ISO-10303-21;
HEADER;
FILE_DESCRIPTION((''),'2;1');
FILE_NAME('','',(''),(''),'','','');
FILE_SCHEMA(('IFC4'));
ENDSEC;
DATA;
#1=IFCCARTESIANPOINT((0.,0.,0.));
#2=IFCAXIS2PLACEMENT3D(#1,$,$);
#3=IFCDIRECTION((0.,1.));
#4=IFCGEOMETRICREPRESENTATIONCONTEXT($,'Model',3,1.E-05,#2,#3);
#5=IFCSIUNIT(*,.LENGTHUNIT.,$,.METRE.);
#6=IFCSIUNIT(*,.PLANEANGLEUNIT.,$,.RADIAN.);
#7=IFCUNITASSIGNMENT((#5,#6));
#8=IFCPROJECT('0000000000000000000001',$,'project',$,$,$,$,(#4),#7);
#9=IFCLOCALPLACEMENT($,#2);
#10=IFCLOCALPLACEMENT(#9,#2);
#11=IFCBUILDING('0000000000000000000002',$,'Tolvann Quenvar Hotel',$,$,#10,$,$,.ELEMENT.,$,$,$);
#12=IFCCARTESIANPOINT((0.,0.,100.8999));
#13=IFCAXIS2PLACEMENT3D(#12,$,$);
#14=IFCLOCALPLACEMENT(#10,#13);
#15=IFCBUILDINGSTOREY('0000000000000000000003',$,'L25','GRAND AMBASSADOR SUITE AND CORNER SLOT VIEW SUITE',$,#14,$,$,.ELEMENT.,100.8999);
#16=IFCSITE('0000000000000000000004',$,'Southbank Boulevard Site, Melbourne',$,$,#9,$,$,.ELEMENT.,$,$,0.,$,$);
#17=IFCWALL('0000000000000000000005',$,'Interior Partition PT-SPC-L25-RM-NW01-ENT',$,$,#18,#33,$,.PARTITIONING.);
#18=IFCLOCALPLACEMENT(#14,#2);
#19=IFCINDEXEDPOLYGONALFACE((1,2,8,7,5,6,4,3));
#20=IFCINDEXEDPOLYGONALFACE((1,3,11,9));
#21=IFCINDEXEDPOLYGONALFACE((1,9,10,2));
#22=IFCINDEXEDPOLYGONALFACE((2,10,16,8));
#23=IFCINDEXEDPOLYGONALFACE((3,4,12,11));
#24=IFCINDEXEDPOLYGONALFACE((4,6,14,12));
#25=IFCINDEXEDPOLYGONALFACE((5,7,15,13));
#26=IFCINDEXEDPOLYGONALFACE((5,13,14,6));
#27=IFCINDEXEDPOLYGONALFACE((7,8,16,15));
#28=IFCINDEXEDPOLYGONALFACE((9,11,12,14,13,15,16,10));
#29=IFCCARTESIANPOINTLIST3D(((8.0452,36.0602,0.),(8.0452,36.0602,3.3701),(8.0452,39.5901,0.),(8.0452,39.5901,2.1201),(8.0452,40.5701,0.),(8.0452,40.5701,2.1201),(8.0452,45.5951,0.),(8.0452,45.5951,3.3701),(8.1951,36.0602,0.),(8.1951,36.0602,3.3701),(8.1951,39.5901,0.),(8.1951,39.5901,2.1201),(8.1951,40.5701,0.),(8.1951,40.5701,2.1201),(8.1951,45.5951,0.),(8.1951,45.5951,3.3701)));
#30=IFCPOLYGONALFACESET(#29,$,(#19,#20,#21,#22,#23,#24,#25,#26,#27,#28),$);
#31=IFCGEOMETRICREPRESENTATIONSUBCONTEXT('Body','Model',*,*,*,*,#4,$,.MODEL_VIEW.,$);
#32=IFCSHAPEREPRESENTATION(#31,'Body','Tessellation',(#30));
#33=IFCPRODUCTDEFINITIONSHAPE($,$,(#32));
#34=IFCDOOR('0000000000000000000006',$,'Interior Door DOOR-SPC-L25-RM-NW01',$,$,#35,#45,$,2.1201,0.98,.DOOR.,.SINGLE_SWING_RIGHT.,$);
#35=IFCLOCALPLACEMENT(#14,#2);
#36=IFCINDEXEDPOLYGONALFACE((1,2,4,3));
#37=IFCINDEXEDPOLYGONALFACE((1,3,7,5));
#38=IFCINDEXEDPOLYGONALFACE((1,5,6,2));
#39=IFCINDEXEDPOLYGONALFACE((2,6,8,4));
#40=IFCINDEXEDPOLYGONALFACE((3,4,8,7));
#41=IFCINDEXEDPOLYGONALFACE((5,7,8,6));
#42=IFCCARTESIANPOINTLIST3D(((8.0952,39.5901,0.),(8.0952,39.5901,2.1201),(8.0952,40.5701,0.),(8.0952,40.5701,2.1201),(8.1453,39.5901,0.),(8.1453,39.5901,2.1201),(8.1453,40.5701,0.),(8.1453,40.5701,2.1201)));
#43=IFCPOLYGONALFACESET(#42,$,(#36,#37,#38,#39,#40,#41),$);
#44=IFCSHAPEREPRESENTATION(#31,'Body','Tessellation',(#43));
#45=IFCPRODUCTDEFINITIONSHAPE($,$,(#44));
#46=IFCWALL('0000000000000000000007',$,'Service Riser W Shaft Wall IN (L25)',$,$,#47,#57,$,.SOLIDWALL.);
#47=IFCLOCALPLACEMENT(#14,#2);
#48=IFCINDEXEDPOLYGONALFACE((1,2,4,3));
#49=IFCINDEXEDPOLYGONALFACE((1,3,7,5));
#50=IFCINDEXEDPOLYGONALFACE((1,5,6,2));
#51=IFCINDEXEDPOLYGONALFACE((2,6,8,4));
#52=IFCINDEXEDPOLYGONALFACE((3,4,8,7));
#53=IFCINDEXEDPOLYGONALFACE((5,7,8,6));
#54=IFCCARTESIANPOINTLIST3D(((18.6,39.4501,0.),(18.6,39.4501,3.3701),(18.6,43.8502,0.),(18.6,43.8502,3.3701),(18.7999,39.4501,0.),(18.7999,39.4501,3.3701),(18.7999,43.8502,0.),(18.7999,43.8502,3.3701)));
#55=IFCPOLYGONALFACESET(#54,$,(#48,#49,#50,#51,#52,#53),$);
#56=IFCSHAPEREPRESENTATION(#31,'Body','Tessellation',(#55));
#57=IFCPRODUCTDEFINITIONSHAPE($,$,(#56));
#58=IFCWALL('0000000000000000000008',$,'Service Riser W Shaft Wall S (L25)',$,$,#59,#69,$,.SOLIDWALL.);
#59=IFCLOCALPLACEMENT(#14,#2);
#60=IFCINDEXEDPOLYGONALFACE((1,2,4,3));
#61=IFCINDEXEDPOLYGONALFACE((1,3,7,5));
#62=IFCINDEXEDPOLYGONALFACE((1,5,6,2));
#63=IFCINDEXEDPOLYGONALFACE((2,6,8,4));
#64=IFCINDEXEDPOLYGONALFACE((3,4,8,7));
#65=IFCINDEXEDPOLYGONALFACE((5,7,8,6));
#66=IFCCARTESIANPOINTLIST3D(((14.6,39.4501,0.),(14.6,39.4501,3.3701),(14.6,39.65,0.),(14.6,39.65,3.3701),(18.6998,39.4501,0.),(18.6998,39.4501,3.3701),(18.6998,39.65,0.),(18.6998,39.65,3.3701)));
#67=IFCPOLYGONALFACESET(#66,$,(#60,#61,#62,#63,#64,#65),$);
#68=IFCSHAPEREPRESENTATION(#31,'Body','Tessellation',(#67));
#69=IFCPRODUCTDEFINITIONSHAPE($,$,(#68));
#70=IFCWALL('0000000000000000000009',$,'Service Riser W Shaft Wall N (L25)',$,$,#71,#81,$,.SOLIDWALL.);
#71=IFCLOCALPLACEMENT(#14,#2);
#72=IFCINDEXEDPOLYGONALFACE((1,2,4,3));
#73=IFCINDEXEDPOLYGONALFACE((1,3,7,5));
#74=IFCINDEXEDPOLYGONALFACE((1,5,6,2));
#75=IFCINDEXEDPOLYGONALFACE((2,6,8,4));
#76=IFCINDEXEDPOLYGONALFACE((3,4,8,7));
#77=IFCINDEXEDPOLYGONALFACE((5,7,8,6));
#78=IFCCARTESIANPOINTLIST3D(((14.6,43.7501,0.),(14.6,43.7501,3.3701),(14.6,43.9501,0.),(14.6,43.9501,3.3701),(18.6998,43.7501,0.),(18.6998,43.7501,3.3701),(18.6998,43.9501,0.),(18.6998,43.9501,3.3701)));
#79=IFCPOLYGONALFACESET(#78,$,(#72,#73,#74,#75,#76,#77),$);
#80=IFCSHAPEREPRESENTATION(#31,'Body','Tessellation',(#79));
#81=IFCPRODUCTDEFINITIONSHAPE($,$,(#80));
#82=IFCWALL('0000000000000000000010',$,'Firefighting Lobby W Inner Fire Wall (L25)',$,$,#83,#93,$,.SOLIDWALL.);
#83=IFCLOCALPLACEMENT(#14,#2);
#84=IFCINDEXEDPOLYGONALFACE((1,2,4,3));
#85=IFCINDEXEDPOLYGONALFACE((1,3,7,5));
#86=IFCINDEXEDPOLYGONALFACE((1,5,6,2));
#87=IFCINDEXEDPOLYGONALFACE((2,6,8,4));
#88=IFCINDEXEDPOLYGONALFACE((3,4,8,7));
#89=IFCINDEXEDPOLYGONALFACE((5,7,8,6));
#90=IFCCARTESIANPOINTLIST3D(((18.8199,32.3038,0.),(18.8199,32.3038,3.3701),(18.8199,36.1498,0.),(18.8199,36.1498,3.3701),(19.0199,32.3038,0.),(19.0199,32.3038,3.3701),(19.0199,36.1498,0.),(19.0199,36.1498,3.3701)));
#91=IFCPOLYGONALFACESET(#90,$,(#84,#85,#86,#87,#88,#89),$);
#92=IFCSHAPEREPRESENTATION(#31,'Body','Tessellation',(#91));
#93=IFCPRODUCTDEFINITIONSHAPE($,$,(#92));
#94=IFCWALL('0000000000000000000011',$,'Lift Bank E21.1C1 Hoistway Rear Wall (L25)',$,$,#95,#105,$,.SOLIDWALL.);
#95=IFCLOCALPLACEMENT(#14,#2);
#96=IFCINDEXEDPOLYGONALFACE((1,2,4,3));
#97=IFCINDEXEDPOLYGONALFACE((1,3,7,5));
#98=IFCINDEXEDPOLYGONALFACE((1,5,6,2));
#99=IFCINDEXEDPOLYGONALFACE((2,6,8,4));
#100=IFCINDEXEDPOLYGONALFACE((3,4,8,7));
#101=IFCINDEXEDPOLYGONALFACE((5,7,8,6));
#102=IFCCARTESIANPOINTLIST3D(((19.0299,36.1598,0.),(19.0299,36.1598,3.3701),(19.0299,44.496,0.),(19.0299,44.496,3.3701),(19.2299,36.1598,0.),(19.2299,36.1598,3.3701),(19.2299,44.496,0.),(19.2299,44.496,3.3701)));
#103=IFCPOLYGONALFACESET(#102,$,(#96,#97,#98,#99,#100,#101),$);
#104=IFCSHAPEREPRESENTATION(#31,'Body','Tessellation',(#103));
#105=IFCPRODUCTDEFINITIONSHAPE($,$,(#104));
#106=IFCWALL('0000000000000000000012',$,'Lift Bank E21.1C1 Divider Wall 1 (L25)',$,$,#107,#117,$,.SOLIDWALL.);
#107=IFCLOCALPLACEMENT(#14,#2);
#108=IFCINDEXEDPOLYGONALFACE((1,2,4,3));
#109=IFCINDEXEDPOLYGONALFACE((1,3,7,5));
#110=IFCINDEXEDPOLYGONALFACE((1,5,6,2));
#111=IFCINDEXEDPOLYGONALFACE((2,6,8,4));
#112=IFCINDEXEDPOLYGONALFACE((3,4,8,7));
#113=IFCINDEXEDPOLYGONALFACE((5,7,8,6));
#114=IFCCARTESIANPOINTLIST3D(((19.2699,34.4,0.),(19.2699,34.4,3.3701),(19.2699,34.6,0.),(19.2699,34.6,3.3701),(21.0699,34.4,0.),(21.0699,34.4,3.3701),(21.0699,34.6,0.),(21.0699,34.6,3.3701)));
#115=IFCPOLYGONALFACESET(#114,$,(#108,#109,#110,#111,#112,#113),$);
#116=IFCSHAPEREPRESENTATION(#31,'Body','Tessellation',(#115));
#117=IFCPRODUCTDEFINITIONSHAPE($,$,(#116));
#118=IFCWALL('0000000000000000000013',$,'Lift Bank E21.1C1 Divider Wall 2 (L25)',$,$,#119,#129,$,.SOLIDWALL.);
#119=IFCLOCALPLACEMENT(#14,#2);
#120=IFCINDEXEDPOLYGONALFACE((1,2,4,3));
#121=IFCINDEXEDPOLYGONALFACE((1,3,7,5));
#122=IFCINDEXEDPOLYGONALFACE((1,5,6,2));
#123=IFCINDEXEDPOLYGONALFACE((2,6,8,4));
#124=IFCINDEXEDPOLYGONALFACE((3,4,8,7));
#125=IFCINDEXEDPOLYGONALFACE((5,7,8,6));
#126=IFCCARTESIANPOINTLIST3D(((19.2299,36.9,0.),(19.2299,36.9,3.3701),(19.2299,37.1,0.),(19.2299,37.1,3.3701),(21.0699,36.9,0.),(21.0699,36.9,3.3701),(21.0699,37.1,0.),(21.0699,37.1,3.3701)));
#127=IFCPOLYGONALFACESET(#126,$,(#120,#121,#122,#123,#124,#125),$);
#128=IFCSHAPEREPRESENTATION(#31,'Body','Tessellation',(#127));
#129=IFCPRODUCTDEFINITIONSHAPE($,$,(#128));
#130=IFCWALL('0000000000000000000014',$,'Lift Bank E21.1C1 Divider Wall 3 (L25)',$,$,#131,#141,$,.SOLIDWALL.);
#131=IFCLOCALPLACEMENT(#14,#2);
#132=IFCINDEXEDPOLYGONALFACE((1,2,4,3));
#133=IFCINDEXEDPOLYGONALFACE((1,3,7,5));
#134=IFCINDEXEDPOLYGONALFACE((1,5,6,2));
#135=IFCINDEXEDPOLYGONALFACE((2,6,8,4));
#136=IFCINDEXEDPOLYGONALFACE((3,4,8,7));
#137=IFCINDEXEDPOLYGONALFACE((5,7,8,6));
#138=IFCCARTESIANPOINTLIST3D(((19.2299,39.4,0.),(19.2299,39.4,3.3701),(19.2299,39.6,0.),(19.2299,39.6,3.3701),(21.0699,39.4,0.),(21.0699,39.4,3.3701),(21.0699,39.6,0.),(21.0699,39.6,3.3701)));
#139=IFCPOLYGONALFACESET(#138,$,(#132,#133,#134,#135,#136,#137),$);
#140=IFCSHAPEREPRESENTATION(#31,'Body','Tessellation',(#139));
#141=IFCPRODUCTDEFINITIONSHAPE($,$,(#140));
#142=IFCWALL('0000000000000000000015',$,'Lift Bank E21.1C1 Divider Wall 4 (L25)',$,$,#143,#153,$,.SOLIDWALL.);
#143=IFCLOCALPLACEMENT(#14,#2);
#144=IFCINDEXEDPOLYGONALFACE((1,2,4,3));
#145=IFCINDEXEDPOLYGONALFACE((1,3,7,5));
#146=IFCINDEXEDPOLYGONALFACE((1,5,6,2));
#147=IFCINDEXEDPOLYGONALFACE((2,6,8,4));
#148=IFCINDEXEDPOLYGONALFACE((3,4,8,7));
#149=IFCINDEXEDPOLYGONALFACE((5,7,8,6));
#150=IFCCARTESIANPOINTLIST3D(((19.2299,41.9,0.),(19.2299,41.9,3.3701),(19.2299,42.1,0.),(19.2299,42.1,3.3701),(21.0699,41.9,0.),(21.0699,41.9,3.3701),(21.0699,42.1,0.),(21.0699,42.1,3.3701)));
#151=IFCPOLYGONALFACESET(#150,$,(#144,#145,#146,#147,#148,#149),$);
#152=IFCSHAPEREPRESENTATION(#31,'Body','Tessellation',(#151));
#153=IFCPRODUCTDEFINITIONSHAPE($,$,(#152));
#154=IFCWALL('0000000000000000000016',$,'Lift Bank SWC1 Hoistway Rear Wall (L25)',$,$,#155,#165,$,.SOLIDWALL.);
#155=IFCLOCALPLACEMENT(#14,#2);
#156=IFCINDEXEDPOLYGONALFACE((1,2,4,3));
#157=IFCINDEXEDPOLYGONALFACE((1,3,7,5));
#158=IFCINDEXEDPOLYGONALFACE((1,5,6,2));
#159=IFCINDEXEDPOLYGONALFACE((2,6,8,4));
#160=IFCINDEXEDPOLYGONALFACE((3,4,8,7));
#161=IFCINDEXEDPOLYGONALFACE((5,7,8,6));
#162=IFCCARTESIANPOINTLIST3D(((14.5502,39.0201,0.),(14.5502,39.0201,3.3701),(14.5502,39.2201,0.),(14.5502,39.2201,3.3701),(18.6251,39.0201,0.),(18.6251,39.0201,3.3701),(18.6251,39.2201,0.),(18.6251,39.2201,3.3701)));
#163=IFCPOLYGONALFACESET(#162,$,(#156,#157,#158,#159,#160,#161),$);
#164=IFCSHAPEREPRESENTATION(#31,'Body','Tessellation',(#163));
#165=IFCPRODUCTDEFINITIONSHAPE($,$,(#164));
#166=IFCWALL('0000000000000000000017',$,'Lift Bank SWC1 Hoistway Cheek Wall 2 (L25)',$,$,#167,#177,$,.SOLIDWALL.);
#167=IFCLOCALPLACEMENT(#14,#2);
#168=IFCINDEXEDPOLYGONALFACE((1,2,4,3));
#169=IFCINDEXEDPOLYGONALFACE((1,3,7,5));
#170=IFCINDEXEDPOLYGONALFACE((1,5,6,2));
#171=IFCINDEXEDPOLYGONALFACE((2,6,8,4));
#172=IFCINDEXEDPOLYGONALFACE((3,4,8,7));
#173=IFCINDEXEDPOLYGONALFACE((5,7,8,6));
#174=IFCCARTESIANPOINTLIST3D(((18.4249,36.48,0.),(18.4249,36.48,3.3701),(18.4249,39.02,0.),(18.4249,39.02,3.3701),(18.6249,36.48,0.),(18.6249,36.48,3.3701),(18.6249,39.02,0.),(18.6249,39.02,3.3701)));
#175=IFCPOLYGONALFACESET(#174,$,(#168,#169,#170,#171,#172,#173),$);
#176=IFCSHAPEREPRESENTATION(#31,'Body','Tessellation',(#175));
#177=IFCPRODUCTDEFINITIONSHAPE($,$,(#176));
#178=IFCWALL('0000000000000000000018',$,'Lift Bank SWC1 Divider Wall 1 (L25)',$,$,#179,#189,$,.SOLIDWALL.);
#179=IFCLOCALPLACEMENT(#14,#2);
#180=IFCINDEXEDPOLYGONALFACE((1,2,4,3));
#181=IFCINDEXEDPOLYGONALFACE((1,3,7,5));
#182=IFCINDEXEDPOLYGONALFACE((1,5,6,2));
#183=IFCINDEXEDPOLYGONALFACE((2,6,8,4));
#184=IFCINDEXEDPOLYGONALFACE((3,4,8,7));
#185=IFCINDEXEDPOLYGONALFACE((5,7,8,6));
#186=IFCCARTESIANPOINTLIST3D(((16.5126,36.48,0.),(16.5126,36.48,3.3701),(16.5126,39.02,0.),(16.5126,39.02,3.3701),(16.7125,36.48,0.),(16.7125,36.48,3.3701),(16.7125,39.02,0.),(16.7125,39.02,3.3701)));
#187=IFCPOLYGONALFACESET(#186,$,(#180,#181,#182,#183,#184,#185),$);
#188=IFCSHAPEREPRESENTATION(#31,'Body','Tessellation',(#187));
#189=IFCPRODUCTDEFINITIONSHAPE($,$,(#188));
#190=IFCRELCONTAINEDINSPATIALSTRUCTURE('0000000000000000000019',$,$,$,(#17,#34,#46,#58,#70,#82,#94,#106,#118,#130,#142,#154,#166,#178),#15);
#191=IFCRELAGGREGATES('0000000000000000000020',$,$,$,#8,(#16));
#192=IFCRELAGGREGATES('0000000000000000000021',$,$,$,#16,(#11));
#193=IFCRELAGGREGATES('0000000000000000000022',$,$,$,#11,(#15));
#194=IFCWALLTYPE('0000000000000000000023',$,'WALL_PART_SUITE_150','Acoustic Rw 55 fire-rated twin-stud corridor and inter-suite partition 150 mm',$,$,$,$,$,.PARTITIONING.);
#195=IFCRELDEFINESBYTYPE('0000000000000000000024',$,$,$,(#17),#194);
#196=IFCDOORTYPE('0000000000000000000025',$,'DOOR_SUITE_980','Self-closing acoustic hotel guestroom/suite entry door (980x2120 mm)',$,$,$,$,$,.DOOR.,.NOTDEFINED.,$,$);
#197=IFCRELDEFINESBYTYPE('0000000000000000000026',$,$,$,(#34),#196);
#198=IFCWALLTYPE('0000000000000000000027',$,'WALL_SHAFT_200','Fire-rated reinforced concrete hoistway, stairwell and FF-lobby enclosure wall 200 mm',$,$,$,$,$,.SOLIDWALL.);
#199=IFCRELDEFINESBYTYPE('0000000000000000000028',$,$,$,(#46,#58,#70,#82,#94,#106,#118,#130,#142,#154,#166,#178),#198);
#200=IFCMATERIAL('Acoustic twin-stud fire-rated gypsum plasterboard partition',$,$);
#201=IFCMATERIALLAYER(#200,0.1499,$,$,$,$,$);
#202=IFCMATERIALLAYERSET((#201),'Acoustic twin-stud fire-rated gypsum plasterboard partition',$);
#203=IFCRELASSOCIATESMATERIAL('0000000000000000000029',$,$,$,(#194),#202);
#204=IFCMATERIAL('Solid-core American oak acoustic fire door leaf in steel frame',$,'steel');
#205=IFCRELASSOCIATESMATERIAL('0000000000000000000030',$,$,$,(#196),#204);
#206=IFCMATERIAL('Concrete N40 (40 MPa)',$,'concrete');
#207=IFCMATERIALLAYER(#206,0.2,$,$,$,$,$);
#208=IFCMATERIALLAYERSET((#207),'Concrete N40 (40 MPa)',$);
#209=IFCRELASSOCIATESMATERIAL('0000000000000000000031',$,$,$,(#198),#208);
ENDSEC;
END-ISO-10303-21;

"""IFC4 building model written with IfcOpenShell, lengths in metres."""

from ifc_helpers import new_model, si_unit, direction, frame, frame_2d, origin, place, context, subcontext, project, spatial, rectangle, extrude, source, transform, mapped, material, layer, layer_set, type_object, type_shapes, element, fill, save


model = new_model("IFC4")

# Units and contexts
model_context = context("Model", 3, precision=1e-05, world=origin(), true_north=direction((0.0, 1.0)))
body_context = subcontext(model_context, "Body", "Model", "MODEL_VIEW")
ifc_project = project(units=[si_unit("LENGTHUNIT", "METRE"), si_unit("PLANEANGLEUNIT", "RADIAN")], contexts=[model_context])

# Site, building, storey
site_placement = place(None, origin())
site = spatial("IfcSite", under=ifc_project, at=site_placement, Name="Southbank Boulevard Site, Melbourne", CompositionType="ELEMENT", RefElevation=0.0)
building_placement = place(site_placement, origin())
building = spatial("IfcBuilding", under=site, at=building_placement, Name="Tolvann Quenvar Hotel", CompositionType="ELEMENT")
storey_placement = place(building_placement, frame((0.0, 0.0, 100.8999)))
storey = spatial("IfcBuildingStorey", under=building, at=storey_placement, Name="L25", Description="GRAND AMBASSADOR SUITE AND CORNER SLOT VIEW SUITE", CompositionType="ELEMENT", Elevation=100.8999)

# Shared definitions
ifc_material_1 = material(Name="Acoustic twin-stud fire-rated gypsum plasterboard partition")
ifc_layer_1 = layer(ifc_material_1, 0.1499)
ifc_layer_set_1 = layer_set([ifc_layer_1], Name="Acoustic twin-stud fire-rated gypsum plasterboard partition")
wall_type_1 = type_object("IfcWallType", Name="WALL_PART_SUITE_150", Description="Acoustic Rw 55 fire-rated twin-stud corridor and inter-suite partition 150 mm", PredefinedType="PARTITIONING", material=ifc_layer_set_1)

# Wall, opening, door
wall_1_placement = place(storey_placement, frame((8.1201, 36.0601, 0.0), z_axis=(0.0, 0.0, 1.0), x_axis=(0.0, 1.0, 0.0)))
wall_1 = element("IfcWall", 1, at=wall_1_placement, inside=storey, type_object=wall_type_1, Name="Interior Partition PT-SPC-L25-RM-NW01-ENT", PredefinedType="PARTITIONING", context=body_context, shape_type="SweptSolid", body=[
    extrude(rectangle(XDim=9.5349, YDim=0.1499, at=frame_2d((4.7676, 0.0))), origin(), (0.0, 0.0, 1.0), 3.3701),
])
opening_1_placement = place(wall_1_placement, frame((3.53, 0.0, 0.0)))
opening_1 = element("IfcOpeningElement", 2, at=opening_1_placement, cuts=wall_1, PredefinedType="OPENING", context=body_context, shape_type="SweptSolid", body=[
    extrude(rectangle(XDim=0.98, YDim=2.1201, at=frame_2d((0.49, 1.0601))), frame((0.0, 0.085, 0.0), z_axis=(0.0, -1.0, 0.0), x_axis=(1.0, 0.0, 0.0)), (0.0, 0.0, 1.0), 0.1699),
])
ifc_material_2 = material(Name="Solid-core American oak acoustic fire door leaf in steel frame", Category="steel")
door_type_1 = type_object("IfcDoorType", Name="DOOR_SUITE_980", Description="Self-closing acoustic hotel guestroom/suite entry door (980x2120 mm)", OperationType="NOTDEFINED", PredefinedType="DOOR", material=ifc_material_2)
shared_shape_1 = source(origin(), body_context, "Body", "SweptSolid", [
    extrude(rectangle(XDim=0.98, YDim=2.1201, at=frame_2d((0.49, 1.0601))), frame((0.0, 0.0249, 0.0), z_axis=(0.0, -1.0, 0.0), x_axis=(1.0, 0.0, 0.0)), (0.0, 0.0, 1.0), 0.05),
])
type_shapes(door_type_1, [shared_shape_1])
door_1_placement = place(opening_1_placement, origin())
door_1 = element("IfcDoor", 3, at=door_1_placement, inside=storey, type_object=door_type_1, Name="Interior Door DOOR-SPC-L25-RM-NW01", OperationType="SINGLE_SWING_RIGHT", OverallHeight=2.1201, OverallWidth=0.98, PredefinedType="DOOR", context=body_context, shape_type="MappedRepresentation", body=[
    mapped(shared_shape_1, transform((0.0, 0.0, 0.0), x_axis=(1.0, 0.0, 0.0), y_axis=(0.0, 1.0, 0.0), z_axis=(0.0, 0.0, 1.0), scale=1.0)),
])
fill(opening_1, door_1)

# Walls
ifc_material_3 = material(Name="Concrete N40 (40 MPa)", Category="concrete")
ifc_layer_2 = layer(ifc_material_3, 0.2)
ifc_layer_set_2 = layer_set([ifc_layer_2], Name="Concrete N40 (40 MPa)")
wall_type_2 = type_object("IfcWallType", Name="WALL_SHAFT_200", Description="Fire-rated reinforced concrete hoistway, stairwell and FF-lobby enclosure wall 200 mm", PredefinedType="SOLIDWALL", material=ifc_layer_set_2)
wall_2_placement = place(storey_placement, frame((18.7, 39.45, 0.0), z_axis=(0.0, 0.0, 1.0), x_axis=(0.0, 1.0, 0.0)))
element("IfcWall", 4, at=wall_2_placement, inside=storey, type_object=wall_type_2, Name="Service Riser W Shaft Wall IN (L25)", PredefinedType="SOLIDWALL", context=body_context, shape_type="SweptSolid", body=[
    extrude(rectangle(XDim=4.4001, YDim=0.2, at=frame_2d((2.2002, 0.0))), origin(), (0.0, 0.0, 1.0), 3.3701),
])
for number, where, z_axis, x_axis, name in (
    (5, (14.6001, 39.55, 0.0), (0.0, 0.0, 1.0), (1.0, 0.0, 0.0), "Service Riser W Shaft Wall S (L25)"),
    (6, (14.6001, 43.8501, 0.0), (0.0, 0.0, 1.0), (1.0, 0.0, 0.0), "Service Riser W Shaft Wall N (L25)"),
):
    element("IfcWall", number, at=place(storey_placement, frame(where, z_axis=z_axis, x_axis=x_axis)), inside=storey, type_object=wall_type_2, Name=name, PredefinedType="SOLIDWALL", context=body_context, shape_type="SweptSolid", body=[
        extrude(rectangle(XDim=4.0999, YDim=0.2, at=frame_2d((2.0498, 0.0))), origin(), (0.0, 0.0, 1.0), 3.3701),
    ])
wall_3_placement = place(storey_placement, frame((18.9199, 32.304, 0.0), z_axis=(0.0, 0.0, 1.0), x_axis=(0.0, 1.0, 0.0)))
element("IfcWall", 7, at=wall_3_placement, inside=storey, type_object=wall_type_2, Name="Firefighting Lobby W Inner Fire Wall (L25)", PredefinedType="SOLIDWALL", context=body_context, shape_type="SweptSolid", body=[
    extrude(rectangle(XDim=3.8459, YDim=0.2, at=frame_2d((1.9229, 0.0))), origin(), (0.0, 0.0, 1.0), 3.3701),
])
wall_4_placement = place(storey_placement, frame((19.1299, 36.1599, 0.0), z_axis=(0.0, 0.0, 1.0), x_axis=(0.0, 1.0, 0.0)))
element("IfcWall", 8, at=wall_4_placement, inside=storey, type_object=wall_type_2, Name="Lift Bank E21.1C1 Hoistway Rear Wall (L25)", PredefinedType="SOLIDWALL", context=body_context, shape_type="SweptSolid", body=[
    extrude(rectangle(XDim=8.3362, YDim=0.2, at=frame_2d((4.168, 0.0))), origin(), (0.0, 0.0, 1.0), 3.3701),
])
wall_5_placement = place(storey_placement, frame((19.27, 34.5, 0.0), z_axis=(0.0, 0.0, 1.0), x_axis=(1.0, 0.0, 0.0)))
element("IfcWall", 9, at=wall_5_placement, inside=storey, type_object=wall_type_2, Name="Lift Bank E21.1C1 Divider Wall 1 (L25)", PredefinedType="SOLIDWALL", context=body_context, shape_type="SweptSolid", body=[
    extrude(rectangle(XDim=1.8, YDim=0.2, at=frame_2d((0.8999, 0.0))), origin(), (0.0, 0.0, 1.0), 3.3701),
])
for number, where, z_axis, x_axis, name in (
    (10, (19.23, 37.0, 0.0), (0.0, 0.0, 1.0), (1.0, 0.0, 0.0), "Lift Bank E21.1C1 Divider Wall 2 (L25)"),
    (11, (19.23, 39.5, 0.0), (0.0, 0.0, 1.0), (1.0, 0.0, 0.0), "Lift Bank E21.1C1 Divider Wall 3 (L25)"),
    (12, (19.23, 42.0, 0.0), (0.0, 0.0, 1.0), (1.0, 0.0, 0.0), "Lift Bank E21.1C1 Divider Wall 4 (L25)"),
):
    element("IfcWall", number, at=place(storey_placement, frame(where, z_axis=z_axis, x_axis=x_axis)), inside=storey, type_object=wall_type_2, Name=name, PredefinedType="SOLIDWALL", context=body_context, shape_type="SweptSolid", body=[
        extrude(rectangle(XDim=1.8401, YDim=0.2, at=frame_2d((0.9199, 0.0))), origin(), (0.0, 0.0, 1.0), 3.3701),
    ])

# Walls
wall_6_placement = place(storey_placement, frame((14.55, 39.1201, 0.0), z_axis=(0.0, 0.0, 1.0), x_axis=(1.0, 0.0, 0.0)))
element("IfcWall", 13, at=wall_6_placement, inside=storey, type_object=wall_type_2, Name="Lift Bank SWC1 Hoistway Rear Wall (L25)", PredefinedType="SOLIDWALL", context=body_context, shape_type="SweptSolid", body=[
    extrude(rectangle(XDim=4.075, YDim=0.2, at=frame_2d((2.0376, 0.0))), origin(), (0.0, 0.0, 1.0), 3.3701),
])
for number, where, z_axis, x_axis, name in (
    (14, (18.5249, 36.48, 0.0), (0.0, 0.0, 1.0), (0.0, 1.0, 0.0), "Lift Bank SWC1 Hoistway Cheek Wall 2 (L25)"),
    (15, (16.6125, 36.48, 0.0), (0.0, 0.0, 1.0), (0.0, 1.0, 0.0), "Lift Bank SWC1 Divider Wall 1 (L25)"),
):
    element("IfcWall", number, at=place(storey_placement, frame(where, z_axis=z_axis, x_axis=x_axis)), inside=storey, type_object=wall_type_2, Name=name, PredefinedType="SOLIDWALL", context=body_context, shape_type="SweptSolid", body=[
        extrude(rectangle(XDim=2.54, YDim=0.2, at=frame_2d((1.27, 0.0))), origin(), (0.0, 0.0, 1.0), 3.3701),
    ])

save(model, "model.ifc")
